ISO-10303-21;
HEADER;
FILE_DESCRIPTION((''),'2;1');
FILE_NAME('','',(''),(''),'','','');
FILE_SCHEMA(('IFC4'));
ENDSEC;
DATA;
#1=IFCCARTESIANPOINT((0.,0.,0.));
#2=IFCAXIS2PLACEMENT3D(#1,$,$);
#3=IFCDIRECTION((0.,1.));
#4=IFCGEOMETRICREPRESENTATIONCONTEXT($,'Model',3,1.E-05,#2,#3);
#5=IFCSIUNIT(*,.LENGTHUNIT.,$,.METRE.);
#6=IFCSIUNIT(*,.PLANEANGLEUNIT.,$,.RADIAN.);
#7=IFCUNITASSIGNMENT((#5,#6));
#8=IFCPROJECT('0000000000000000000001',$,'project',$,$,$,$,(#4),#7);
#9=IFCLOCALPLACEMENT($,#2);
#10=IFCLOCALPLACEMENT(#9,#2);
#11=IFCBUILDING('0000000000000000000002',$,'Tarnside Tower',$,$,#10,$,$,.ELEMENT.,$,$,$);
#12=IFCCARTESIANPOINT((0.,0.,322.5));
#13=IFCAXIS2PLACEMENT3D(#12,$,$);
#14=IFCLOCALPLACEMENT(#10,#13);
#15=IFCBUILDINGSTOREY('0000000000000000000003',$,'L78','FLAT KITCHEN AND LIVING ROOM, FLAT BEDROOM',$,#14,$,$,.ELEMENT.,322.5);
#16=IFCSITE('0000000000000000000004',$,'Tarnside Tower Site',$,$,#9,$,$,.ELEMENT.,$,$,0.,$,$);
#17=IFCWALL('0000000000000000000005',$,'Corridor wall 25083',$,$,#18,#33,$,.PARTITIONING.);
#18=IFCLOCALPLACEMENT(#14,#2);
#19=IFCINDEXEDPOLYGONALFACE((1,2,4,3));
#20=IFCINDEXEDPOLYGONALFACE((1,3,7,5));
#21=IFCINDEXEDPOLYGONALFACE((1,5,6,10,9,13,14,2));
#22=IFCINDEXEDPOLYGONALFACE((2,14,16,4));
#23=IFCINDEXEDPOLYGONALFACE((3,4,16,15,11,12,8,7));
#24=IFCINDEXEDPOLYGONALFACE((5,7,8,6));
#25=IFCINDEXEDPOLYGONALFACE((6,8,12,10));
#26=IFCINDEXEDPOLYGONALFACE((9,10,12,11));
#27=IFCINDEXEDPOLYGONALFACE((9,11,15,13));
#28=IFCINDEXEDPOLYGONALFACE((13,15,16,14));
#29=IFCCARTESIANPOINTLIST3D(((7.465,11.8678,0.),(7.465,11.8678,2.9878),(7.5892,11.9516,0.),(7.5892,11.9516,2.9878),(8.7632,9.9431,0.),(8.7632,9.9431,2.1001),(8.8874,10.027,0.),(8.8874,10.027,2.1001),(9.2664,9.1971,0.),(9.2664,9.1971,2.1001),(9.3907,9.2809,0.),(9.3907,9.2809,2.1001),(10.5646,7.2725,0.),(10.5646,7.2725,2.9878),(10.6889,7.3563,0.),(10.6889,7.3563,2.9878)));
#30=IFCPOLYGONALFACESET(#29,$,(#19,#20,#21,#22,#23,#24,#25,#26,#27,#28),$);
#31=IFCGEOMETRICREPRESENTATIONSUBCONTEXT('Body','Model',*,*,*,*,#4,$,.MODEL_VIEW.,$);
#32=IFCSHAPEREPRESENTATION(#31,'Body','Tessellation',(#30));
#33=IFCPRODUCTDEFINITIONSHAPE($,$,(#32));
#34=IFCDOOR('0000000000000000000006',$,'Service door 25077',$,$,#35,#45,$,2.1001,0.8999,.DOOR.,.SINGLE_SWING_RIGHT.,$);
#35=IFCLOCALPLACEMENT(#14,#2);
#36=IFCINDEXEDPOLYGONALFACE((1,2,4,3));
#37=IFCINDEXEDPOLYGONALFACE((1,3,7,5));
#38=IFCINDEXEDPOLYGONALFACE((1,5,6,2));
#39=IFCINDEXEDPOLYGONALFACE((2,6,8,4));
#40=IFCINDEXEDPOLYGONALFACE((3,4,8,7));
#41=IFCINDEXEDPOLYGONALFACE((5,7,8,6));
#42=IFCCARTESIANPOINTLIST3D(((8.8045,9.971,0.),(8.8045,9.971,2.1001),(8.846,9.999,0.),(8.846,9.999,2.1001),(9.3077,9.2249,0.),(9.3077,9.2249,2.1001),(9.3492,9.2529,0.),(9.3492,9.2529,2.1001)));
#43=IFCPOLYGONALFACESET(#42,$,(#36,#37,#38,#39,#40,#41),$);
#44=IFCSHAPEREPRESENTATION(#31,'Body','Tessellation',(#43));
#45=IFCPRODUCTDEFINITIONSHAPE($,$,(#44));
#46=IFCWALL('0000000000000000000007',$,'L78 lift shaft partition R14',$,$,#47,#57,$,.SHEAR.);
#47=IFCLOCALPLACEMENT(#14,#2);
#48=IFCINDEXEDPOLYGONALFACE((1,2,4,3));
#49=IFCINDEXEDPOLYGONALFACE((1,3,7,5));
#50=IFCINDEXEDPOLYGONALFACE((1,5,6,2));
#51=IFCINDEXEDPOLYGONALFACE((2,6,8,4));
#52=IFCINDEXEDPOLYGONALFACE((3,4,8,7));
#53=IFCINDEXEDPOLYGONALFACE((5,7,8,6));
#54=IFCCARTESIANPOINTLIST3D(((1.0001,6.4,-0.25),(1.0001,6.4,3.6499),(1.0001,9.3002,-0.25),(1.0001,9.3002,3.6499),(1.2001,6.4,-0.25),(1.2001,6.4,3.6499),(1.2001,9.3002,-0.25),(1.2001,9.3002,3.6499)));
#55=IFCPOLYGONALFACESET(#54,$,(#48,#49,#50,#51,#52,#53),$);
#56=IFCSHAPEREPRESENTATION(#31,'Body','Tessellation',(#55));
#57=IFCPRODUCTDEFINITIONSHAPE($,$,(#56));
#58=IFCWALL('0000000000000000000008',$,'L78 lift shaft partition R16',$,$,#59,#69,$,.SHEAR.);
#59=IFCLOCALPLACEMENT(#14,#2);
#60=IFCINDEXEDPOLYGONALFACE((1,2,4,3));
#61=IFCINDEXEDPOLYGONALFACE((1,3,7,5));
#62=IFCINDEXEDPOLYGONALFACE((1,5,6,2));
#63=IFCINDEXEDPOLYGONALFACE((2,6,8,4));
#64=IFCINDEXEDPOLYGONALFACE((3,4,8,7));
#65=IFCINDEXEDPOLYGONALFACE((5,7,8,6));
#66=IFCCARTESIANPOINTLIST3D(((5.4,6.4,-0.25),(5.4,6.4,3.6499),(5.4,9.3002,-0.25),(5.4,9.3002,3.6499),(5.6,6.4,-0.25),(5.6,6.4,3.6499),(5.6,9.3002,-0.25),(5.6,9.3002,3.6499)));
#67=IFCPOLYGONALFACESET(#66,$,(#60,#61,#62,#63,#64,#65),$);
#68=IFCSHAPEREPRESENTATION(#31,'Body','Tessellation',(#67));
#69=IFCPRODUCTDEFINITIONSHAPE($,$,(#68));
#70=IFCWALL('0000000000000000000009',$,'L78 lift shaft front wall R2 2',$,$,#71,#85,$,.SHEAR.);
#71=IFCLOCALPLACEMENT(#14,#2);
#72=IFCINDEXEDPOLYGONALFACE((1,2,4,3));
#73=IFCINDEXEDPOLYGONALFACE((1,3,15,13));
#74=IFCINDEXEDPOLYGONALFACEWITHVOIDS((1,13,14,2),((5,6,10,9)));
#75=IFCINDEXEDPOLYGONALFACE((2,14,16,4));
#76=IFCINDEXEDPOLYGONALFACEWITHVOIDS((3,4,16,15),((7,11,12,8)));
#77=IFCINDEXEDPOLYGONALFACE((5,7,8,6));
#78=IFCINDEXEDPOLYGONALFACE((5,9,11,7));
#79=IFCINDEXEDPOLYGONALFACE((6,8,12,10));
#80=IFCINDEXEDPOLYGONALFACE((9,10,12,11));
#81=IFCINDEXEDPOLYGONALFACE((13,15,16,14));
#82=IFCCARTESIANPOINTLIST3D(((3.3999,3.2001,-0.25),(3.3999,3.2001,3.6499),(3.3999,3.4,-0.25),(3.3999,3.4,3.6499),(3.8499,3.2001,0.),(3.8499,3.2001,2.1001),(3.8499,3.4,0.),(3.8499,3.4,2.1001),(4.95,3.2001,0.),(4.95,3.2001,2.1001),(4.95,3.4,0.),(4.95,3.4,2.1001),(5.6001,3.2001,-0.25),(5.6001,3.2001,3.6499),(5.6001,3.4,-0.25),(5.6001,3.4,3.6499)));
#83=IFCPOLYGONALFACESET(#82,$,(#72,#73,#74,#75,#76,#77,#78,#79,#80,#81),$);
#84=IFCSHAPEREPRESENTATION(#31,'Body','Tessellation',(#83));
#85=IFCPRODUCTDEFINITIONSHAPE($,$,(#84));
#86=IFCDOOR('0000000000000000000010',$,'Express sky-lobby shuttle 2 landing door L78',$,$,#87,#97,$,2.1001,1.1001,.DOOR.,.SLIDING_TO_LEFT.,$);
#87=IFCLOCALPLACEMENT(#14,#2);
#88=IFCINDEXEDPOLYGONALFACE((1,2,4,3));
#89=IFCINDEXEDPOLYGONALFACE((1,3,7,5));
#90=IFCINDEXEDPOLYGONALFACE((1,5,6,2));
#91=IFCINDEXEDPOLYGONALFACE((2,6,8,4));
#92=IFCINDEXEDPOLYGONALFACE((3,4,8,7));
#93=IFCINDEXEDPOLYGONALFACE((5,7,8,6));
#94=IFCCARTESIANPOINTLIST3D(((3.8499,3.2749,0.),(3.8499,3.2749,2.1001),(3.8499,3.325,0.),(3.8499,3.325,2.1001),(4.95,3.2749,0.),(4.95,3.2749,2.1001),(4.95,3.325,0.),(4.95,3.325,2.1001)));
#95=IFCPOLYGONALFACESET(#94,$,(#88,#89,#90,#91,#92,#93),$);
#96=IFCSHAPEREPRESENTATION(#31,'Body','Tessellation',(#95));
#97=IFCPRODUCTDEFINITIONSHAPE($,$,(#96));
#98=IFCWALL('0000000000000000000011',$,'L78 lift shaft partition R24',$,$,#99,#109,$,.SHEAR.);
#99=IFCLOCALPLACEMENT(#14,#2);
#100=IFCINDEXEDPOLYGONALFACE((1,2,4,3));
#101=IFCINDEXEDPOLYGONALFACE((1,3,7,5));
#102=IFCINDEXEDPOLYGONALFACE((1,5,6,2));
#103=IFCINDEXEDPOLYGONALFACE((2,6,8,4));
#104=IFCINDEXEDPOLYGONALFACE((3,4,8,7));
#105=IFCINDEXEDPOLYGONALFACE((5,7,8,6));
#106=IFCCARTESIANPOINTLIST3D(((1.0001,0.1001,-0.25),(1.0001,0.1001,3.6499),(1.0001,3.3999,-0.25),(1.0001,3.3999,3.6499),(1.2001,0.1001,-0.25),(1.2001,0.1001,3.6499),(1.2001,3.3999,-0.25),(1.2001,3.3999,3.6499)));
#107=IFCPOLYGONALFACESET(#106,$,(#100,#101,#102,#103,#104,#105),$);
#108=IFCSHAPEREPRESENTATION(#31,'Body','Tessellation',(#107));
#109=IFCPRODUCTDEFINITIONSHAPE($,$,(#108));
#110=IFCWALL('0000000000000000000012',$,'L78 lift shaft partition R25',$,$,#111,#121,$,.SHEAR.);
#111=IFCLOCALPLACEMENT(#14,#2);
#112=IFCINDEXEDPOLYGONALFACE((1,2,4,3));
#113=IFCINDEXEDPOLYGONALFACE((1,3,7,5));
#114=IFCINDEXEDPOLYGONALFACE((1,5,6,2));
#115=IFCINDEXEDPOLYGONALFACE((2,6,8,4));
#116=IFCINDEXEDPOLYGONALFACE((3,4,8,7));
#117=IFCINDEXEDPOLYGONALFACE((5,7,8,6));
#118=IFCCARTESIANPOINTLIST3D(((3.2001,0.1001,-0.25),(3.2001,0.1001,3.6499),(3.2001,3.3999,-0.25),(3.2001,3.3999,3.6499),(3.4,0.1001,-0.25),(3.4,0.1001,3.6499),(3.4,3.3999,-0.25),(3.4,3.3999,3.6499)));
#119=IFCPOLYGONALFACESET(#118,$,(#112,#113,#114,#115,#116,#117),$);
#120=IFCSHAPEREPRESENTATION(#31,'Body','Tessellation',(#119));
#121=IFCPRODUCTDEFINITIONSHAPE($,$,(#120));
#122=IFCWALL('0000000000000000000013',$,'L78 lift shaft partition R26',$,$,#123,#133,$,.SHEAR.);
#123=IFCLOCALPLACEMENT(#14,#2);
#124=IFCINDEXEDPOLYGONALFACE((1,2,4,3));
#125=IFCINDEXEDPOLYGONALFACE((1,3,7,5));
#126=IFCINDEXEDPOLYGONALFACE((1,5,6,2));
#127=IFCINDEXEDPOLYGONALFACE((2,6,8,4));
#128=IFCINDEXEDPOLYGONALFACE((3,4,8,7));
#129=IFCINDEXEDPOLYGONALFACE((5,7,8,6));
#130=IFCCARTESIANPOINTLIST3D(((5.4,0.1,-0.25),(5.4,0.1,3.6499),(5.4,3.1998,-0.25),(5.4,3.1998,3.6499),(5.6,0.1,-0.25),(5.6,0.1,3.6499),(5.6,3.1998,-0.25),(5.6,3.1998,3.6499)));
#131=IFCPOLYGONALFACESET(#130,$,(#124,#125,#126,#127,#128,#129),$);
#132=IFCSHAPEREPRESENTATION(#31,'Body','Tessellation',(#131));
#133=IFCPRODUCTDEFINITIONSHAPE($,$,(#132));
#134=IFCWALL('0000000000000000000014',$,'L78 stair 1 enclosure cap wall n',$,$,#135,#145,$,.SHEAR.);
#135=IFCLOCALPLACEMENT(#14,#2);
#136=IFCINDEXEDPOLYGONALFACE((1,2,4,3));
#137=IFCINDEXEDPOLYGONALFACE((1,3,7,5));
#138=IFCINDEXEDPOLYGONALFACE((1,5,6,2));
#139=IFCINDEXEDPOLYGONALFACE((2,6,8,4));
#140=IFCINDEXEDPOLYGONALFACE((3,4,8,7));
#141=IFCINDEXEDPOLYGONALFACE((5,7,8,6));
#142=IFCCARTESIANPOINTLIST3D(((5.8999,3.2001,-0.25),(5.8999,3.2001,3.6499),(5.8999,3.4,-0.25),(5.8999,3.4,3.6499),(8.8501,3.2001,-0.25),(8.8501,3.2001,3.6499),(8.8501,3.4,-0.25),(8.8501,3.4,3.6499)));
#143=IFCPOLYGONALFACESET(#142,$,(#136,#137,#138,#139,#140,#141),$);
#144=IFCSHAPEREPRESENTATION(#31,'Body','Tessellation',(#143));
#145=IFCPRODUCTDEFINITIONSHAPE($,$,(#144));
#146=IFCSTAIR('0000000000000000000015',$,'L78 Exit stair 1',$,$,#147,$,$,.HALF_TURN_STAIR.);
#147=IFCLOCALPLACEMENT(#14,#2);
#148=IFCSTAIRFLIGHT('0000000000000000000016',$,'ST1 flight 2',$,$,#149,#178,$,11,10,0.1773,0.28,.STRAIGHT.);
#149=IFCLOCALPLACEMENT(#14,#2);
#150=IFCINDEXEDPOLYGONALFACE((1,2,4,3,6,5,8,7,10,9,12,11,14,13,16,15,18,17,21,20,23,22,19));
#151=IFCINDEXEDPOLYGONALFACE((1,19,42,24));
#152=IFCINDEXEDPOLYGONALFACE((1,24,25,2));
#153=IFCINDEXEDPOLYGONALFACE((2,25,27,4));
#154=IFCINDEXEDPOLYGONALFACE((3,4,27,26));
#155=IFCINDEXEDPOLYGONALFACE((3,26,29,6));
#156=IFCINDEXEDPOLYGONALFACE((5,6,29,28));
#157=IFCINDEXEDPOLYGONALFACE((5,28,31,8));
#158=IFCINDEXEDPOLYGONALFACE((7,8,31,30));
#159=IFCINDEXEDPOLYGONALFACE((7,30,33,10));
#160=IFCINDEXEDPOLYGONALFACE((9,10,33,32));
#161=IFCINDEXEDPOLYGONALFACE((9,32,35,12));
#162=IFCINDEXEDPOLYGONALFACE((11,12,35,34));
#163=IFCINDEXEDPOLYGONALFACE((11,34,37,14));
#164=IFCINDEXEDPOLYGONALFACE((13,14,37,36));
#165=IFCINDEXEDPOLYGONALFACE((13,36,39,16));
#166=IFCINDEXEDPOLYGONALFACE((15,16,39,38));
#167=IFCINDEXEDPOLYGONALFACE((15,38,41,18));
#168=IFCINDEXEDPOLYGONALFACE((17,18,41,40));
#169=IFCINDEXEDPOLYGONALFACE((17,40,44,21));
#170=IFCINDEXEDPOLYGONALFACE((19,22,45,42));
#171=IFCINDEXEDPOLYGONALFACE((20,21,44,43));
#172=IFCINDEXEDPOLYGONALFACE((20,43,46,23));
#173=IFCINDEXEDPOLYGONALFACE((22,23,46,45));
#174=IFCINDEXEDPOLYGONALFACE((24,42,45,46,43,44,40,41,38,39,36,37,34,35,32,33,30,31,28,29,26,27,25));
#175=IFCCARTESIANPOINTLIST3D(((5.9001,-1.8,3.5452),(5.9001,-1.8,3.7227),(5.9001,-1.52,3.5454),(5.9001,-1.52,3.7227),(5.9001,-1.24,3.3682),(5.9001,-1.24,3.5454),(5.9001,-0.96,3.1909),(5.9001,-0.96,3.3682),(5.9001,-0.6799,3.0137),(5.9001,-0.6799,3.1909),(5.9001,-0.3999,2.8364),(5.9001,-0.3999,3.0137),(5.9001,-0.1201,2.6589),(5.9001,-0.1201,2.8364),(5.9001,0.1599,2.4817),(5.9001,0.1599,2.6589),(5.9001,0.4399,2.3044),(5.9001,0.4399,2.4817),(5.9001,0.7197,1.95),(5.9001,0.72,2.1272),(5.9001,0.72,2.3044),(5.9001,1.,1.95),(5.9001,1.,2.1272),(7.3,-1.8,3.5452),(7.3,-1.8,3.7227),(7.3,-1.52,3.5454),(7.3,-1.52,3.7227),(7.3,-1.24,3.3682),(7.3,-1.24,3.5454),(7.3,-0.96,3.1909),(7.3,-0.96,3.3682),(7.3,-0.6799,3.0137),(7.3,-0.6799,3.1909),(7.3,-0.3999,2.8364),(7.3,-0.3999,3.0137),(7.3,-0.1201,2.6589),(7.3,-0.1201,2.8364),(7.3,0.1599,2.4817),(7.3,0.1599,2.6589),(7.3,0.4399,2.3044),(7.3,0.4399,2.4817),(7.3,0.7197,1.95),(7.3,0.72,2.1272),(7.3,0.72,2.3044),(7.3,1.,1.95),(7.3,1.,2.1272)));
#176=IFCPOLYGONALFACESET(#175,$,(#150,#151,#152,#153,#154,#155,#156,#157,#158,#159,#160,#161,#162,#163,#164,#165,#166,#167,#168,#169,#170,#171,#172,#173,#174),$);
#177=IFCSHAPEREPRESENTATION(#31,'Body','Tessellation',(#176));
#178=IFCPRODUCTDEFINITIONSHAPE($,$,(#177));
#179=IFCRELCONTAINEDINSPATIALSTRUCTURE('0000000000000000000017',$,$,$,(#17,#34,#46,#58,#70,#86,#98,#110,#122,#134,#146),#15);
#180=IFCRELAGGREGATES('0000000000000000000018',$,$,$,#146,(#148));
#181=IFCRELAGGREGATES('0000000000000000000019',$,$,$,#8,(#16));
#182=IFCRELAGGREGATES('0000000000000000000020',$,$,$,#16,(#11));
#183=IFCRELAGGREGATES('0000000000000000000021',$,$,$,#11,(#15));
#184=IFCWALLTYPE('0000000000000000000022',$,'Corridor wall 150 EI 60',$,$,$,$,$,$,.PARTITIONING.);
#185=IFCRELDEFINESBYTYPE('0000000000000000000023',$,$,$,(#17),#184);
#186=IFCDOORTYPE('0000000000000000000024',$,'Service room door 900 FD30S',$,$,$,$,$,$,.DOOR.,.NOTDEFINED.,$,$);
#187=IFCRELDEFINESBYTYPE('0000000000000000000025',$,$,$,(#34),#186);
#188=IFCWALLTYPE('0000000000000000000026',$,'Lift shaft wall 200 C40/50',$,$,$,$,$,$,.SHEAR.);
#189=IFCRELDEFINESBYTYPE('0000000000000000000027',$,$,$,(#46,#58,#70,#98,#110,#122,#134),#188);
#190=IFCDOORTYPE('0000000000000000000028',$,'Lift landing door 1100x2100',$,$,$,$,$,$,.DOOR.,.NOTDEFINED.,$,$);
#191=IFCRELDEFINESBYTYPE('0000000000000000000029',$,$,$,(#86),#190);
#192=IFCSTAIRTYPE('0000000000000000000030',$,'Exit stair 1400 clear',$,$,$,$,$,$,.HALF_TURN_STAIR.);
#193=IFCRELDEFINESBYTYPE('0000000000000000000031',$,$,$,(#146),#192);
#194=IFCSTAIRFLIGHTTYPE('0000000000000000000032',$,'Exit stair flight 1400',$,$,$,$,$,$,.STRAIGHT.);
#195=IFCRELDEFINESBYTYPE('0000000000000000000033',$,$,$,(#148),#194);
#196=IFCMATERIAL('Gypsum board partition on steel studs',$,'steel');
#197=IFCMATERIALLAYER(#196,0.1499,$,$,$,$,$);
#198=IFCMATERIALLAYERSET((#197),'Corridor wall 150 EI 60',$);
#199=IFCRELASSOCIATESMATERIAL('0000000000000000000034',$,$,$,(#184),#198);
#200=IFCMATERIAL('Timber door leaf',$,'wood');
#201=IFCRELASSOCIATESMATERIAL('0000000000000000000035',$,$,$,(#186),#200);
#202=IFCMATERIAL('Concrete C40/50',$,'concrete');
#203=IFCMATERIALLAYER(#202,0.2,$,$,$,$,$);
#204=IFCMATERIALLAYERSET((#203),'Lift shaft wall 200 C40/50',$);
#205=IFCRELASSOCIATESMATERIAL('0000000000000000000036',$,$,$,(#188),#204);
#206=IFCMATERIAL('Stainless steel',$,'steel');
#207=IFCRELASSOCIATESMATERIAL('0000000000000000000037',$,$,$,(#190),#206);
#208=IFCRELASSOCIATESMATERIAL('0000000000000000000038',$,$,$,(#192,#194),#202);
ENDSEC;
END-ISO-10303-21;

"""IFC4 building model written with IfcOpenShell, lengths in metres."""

from ifc_helpers import new_model, si_unit, direction, frame, frame_2d, origin, place, context, subcontext, project, spatial, polyline, rectangle, outline, extrude, material, layer, layer_set, type_object, element, fill, aggregate, save


model = new_model("IFC4")

# Units and contexts
model_context = context("Model", 3, precision=1e-05, world=origin(), true_north=direction((0.0, 1.0)))
body_context = subcontext(model_context, "Body", "Model", "MODEL_VIEW")
ifc_project = project(units=[si_unit("LENGTHUNIT", "METRE"), si_unit("PLANEANGLEUNIT", "RADIAN")], contexts=[model_context])

# Site, building, storey
site_placement = place(None, origin())
site = spatial("IfcSite", under=ifc_project, at=site_placement, Name="Tarnside Tower Site", CompositionType="ELEMENT", RefElevation=0.0)
building_placement = place(site_placement, origin())
building = spatial("IfcBuilding", under=site, at=building_placement, Name="Tarnside Tower", CompositionType="ELEMENT")
storey_placement = place(building_placement, frame((0.0, 0.0, 322.5)))
storey = spatial("IfcBuildingStorey", under=building, at=storey_placement, Name="L78", Description="FLAT KITCHEN AND LIVING ROOM, FLAT BEDROOM", CompositionType="ELEMENT", Elevation=322.5)

# Shared definitions
ifc_material_1 = material(Name="Gypsum board partition on steel studs", Category="steel")
ifc_layer_1 = layer(ifc_material_1, 0.1499)
ifc_layer_set_1 = layer_set([ifc_layer_1], Name="Corridor wall 150 EI 60")
wall_type_1 = type_object("IfcWallType", Name="Corridor wall 150 EI 60", PredefinedType="PARTITIONING", material=ifc_layer_set_1)

# Shared definitions
ifc_material_2 = material(Name="Timber door leaf", Category="wood")

# Wall, opening, door
wall_1_placement = place(storey_placement, frame((7.5271, 11.9097, 0.0), z_axis=(0.0, 0.0, 1.0), x_axis=(0.559205, -0.829029, 0.0)))
wall_1 = element("IfcWall", 1, at=wall_1_placement, inside=storey, type_object=wall_type_1, Name="Corridor wall 25083", PredefinedType="PARTITIONING", context=body_context, shape_type="SweptSolid", body=[
    extrude(rectangle(XDim=5.543, YDim=0.1499, at=frame_2d((2.7715, 0.0))), origin(), (0.0, 0.0, 1.0), 2.9878),
])
opening_1_placement = place(wall_1_placement, frame((2.3215, 0.0, 0.0)))
opening_1 = element("IfcOpeningElement", 2, at=opening_1_placement, cuts=wall_1, PredefinedType="OPENING", context=body_context, shape_type="SweptSolid", body=[
    extrude(rectangle(XDim=0.8999, YDim=2.1001, at=frame_2d((0.45, 1.05))), frame((0.0, 0.085, 0.0), z_axis=(0.0, -1.0, 0.0), x_axis=(1.0, 0.0, 0.0)), (0.0, 0.0, 1.0), 0.1699),
])
door_type_1 = type_object("IfcDoorType", Name="Service room door 900 FD30S", OperationType="NOTDEFINED", PredefinedType="DOOR", material=ifc_material_2)
door_1_placement = place(opening_1_placement, origin())
door_1 = element("IfcDoor", 3, at=door_1_placement, inside=storey, type_object=door_type_1, Name="Service door 25077", OperationType="SINGLE_SWING_RIGHT", OverallHeight=2.1001, OverallWidth=0.8999, PredefinedType="DOOR", context=body_context, shape_type="SweptSolid", body=[
    extrude(rectangle(XDim=0.8999, YDim=2.1001, at=frame_2d((0.45, 1.05))), frame((0.0, 0.0249, 0.0), z_axis=(0.0, -1.0, 0.0), x_axis=(1.0, 0.0, 0.0)), (0.0, 0.0, 1.0), 0.05),
])
fill(opening_1, door_1)

# Walls
ifc_material_3 = material(Name="Concrete C40/50", Category="concrete")
ifc_layer_2 = layer(ifc_material_3, 0.2)
ifc_layer_set_2 = layer_set([ifc_layer_2], Name="Lift shaft wall 200 C40/50")
wall_type_2 = type_object("IfcWallType", Name="Lift shaft wall 200 C40/50", PredefinedType="SHEAR", material=ifc_layer_set_2)
for number, where, z_axis, x_axis, name in (
    (4, (1.1001, 6.3999, -0.25), (0.0, 0.0, 1.0), (0.0, 1.0, 0.0), "L78 lift shaft partition R14"),
    (5, (5.5, 6.3999, -0.25), (0.0, 0.0, 1.0), (0.0, 1.0, 0.0), "L78 lift shaft partition R16"),
):
    element("IfcWall", number, at=place(storey_placement, frame(where, z_axis=z_axis, x_axis=x_axis)), inside=storey, type_object=wall_type_2, Name=name, PredefinedType="SHEAR", context=body_context, shape_type="SweptSolid", body=[
        extrude(rectangle(XDim=2.9001, YDim=0.2, at=frame_2d((1.4502, 0.0))), origin(), (0.0, 0.0, 1.0), 3.8999),
    ])

# Wall, opening, door
wall_2_placement = place(storey_placement, frame((3.3999, 3.3, -0.25), z_axis=(0.0, 0.0, 1.0), x_axis=(1.0, 0.0, 0.0)))
wall_2 = element("IfcWall", 6, at=wall_2_placement, inside=storey, type_object=wall_type_2, Name="L78 lift shaft front wall R2 2", PredefinedType="SHEAR", context=body_context, shape_type="SweptSolid", body=[
    extrude(rectangle(XDim=2.2002, YDim=0.2, at=frame_2d((1.1001, 0.0))), origin(), (0.0, 0.0, 1.0), 3.8999),
])
opening_2_placement = place(wall_2_placement, frame((0.45, 0.0, 0.25)))
opening_2 = element("IfcOpeningElement", 7, at=opening_2_placement, cuts=wall_2, PredefinedType="OPENING", context=body_context, shape_type="SweptSolid", body=[
    extrude(rectangle(XDim=1.1001, YDim=2.1001, at=frame_2d((0.55, 1.05))), frame((0.0, 0.1099, 0.0), z_axis=(0.0, -1.0, 0.0), x_axis=(1.0, 0.0, 0.0)), (0.0, 0.0, 1.0), 0.22),
])
ifc_material_4 = material(Name="Stainless steel", Category="steel")
door_type_2 = type_object("IfcDoorType", Name="Lift landing door 1100x2100", OperationType="NOTDEFINED", PredefinedType="DOOR", material=ifc_material_4)
door_2_placement = place(opening_2_placement, origin())
door_2 = element("IfcDoor", 8, at=door_2_placement, inside=storey, type_object=door_type_2, Name="Express sky-lobby shuttle 2 landing door L78", OperationType="SLIDING_TO_LEFT", OverallHeight=2.1001, OverallWidth=1.1001, PredefinedType="DOOR", context=body_context, shape_type="SweptSolid", body=[
    extrude(rectangle(XDim=1.1001, YDim=2.1001, at=frame_2d((0.55, 1.05))), frame((0.0, 0.0249, 0.0), z_axis=(0.0, -1.0, 0.0), x_axis=(1.0, 0.0, 0.0)), (0.0, 0.0, 1.0), 0.05),
])
fill(opening_2, door_2)

# Walls
for number, where, z_axis, x_axis, name in (
    (9, (1.1001, 0.1001, -0.25), (0.0, 0.0, 1.0), (0.0, 1.0, 0.0), "L78 lift shaft partition R24"),
    (10, (3.3, 0.1001, -0.25), (0.0, 0.0, 1.0), (0.0, 1.0, 0.0), "L78 lift shaft partition R25"),
):
    element("IfcWall", number, at=place(storey_placement, frame(where, z_axis=z_axis, x_axis=x_axis)), inside=storey, type_object=wall_type_2, Name=name, PredefinedType="SHEAR", context=body_context, shape_type="SweptSolid", body=[
        extrude(rectangle(XDim=3.2998, YDim=0.2, at=frame_2d((1.6499, 0.0))), origin(), (0.0, 0.0, 1.0), 3.8999),
    ])
wall_3_placement = place(storey_placement, frame((5.5, 0.1001, -0.25), z_axis=(0.0, 0.0, 1.0), x_axis=(0.0, 1.0, 0.0)))
element("IfcWall", 11, at=wall_3_placement, inside=storey, type_object=wall_type_2, Name="L78 lift shaft partition R26", PredefinedType="SHEAR", context=body_context, shape_type="SweptSolid", body=[
    extrude(rectangle(XDim=3.0999, YDim=0.2, at=frame_2d((1.5498, 0.0))), origin(), (0.0, 0.0, 1.0), 3.8999),
])
wall_4_placement = place(storey_placement, frame((5.8999, 3.3, -0.25), z_axis=(0.0, 0.0, 1.0), x_axis=(1.0, 0.0, 0.0)))
element("IfcWall", 12, at=wall_4_placement, inside=storey, type_object=wall_type_2, Name="L78 stair 1 enclosure cap wall n", PredefinedType="SHEAR", context=body_context, shape_type="SweptSolid", body=[
    extrude(rectangle(XDim=2.9502, YDim=0.2, at=frame_2d((1.4751, 0.0))), origin(), (0.0, 0.0, 1.0), 3.8999),
])

# Stair, stair flight
stair_type = type_object("IfcStairType", Name="Exit stair 1400 clear", PredefinedType="HALF_TURN_STAIR", material=ifc_material_3)
stair_placement = place(storey_placement, origin())
stair = element("IfcStair", 13, at=stair_placement, inside=storey, type_object=stair_type, Name="L78 Exit stair 1", PredefinedType="HALF_TURN_STAIR")
stair_flight_type = type_object("IfcStairFlightType", Name="Exit stair flight 1400", PredefinedType="STRAIGHT", material=ifc_material_3)
stair_flight_placement = place(storey_placement, frame((6.6001, 1.0, 1.95), z_axis=(0.0, 0.0, 1.0), x_axis=(0.0, -1.0, 0.0)))
stair_flight = element("IfcStairFlight", 14, at=stair_flight_placement, type_object=stair_flight_type, Name="ST1 flight 2", NumberOfRisers=11, NumberOfTreads=10, PredefinedType="STRAIGHT", RiserHeight=0.1773, TreadLength=0.28, context=body_context, shape_type="SweptSolid", body=[
    extrude(outline(polyline([(0.0, 0.0), (0.0, 0.1772), (0.28, 0.1772), (0.28, 0.3545), (0.5601, 0.3545), (0.5601, 0.5317), (0.8401, 0.5317), (0.8401, 0.709), (1.1201, 0.709), (1.1201, 0.8865), (1.3999, 0.8865), (1.3999, 1.0637), (1.6799, 1.0637), (1.6799, 1.241), (1.96, 1.241), (1.96, 1.4182), (2.24, 1.4182), (2.24, 1.5955), (2.52, 1.5955), (2.52, 1.7727), (2.8, 1.7727), (2.8, 1.95), (2.8, 1.5952), (0.2803, 0.0), (0.0, 0.0)])), frame((0.0, 0.7, 0.0), z_axis=(0.0, -1.0, 0.0), x_axis=(1.0, 0.0, 0.0)), (0.0, 0.0, 1.0), 1.3999),
])
aggregate(stair, [stair_flight])

save(model, "model.ifc")
